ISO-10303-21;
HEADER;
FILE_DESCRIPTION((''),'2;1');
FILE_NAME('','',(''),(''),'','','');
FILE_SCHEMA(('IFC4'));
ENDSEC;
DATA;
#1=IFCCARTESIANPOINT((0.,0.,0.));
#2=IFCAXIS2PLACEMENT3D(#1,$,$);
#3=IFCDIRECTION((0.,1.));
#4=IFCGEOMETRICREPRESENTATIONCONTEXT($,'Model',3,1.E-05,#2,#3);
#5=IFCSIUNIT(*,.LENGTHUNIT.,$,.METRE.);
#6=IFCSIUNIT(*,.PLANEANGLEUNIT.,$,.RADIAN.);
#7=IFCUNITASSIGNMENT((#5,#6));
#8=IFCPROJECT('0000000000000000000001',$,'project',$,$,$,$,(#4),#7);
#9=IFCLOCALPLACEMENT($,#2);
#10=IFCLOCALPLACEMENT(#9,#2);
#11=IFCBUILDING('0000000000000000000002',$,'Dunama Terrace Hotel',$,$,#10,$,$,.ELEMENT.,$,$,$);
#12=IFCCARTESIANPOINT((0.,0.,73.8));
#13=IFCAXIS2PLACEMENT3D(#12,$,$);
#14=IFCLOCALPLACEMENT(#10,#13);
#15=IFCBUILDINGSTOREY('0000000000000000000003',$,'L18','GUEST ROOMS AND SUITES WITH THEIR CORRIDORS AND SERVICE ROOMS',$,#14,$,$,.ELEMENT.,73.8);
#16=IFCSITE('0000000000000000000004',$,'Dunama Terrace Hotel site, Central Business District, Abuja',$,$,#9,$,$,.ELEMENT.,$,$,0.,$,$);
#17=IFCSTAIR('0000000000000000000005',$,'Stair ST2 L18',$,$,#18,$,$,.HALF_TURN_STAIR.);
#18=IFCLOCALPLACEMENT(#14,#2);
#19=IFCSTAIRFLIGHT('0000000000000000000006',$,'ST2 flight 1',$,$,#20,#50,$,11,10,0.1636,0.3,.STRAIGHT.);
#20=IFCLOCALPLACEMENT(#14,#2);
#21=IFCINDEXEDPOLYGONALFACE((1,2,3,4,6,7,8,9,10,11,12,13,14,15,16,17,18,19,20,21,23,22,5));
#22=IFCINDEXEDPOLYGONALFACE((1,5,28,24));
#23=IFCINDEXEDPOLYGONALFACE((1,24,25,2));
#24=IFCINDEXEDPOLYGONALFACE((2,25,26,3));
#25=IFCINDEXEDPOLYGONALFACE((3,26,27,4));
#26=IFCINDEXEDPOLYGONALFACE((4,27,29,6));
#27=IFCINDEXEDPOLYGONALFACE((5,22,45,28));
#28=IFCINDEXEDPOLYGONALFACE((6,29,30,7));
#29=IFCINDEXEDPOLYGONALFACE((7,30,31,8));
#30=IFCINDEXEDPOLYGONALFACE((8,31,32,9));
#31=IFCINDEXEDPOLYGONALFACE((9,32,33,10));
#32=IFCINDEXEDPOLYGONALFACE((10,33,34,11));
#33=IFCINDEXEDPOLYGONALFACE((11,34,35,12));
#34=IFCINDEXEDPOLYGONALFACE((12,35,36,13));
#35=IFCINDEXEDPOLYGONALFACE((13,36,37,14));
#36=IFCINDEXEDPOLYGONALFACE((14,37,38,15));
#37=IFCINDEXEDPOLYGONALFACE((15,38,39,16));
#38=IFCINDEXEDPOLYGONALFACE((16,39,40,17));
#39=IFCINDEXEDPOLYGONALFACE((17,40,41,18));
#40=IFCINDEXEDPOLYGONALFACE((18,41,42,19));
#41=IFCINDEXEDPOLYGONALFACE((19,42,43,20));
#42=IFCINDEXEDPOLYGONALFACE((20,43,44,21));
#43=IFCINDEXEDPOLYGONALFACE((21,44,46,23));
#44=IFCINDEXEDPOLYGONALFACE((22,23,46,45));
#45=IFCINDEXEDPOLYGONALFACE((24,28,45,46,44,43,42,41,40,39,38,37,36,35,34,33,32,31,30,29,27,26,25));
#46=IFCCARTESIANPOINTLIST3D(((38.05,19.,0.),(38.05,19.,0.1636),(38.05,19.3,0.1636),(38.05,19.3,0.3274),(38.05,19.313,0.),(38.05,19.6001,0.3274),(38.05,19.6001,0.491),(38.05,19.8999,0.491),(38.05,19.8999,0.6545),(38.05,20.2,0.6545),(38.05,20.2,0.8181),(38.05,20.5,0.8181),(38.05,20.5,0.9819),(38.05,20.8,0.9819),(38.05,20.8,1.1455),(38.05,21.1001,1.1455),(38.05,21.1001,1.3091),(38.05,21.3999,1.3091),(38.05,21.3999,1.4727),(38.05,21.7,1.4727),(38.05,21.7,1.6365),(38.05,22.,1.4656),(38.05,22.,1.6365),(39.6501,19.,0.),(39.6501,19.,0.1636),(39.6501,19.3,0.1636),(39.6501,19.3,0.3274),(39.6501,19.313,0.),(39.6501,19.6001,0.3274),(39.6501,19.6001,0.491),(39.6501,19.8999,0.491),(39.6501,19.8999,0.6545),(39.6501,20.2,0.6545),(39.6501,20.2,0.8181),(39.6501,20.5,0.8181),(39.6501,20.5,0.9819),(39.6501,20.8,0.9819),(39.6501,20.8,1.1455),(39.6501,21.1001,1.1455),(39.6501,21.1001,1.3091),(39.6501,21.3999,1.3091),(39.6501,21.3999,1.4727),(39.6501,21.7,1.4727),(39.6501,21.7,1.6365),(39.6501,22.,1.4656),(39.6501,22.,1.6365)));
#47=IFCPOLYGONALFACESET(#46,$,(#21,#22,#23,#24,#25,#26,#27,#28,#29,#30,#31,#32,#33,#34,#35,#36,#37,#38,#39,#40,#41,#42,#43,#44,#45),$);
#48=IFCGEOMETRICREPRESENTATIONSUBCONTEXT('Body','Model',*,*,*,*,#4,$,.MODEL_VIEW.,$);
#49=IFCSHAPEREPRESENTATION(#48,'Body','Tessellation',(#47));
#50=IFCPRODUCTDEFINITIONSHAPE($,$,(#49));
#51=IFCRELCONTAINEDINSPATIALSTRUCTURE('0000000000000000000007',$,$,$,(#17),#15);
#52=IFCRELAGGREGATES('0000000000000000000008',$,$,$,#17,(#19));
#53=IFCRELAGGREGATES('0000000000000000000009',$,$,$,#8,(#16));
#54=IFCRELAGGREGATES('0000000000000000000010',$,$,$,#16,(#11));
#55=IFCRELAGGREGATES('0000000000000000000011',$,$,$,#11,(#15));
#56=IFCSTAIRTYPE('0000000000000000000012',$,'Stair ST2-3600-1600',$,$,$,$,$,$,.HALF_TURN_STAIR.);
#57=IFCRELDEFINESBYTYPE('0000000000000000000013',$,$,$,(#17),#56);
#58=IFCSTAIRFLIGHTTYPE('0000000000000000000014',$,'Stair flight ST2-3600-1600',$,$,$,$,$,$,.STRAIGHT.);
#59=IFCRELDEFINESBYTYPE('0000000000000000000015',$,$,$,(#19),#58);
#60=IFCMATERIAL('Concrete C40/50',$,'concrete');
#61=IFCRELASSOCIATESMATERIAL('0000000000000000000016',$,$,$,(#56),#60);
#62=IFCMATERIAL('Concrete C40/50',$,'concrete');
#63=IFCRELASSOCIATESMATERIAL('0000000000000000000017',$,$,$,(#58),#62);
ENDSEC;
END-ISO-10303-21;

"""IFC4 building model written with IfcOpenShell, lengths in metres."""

from ifc_helpers import new_model, si_unit, direction, frame, origin, place, context, subcontext, project, spatial, polyline, outline, extrude, material, type_object, element, aggregate, save


model = new_model("IFC4")

# Units and contexts
model_context = context("Model", 3, precision=1e-05, world=origin(), true_north=direction((0.0, 1.0)))
body_context = subcontext(model_context, "Body", "Model", "MODEL_VIEW")
ifc_project = project(units=[si_unit("LENGTHUNIT", "METRE"), si_unit("PLANEANGLEUNIT", "RADIAN")], contexts=[model_context])

# Site, building, storey
site_placement = place(None, origin())
site = spatial("IfcSite", under=ifc_project, at=site_placement, Name="Dunama Terrace Hotel site, Central Business District, Abuja", CompositionType="ELEMENT", RefElevation=0.0)
building_placement = place(site_placement, origin())
building = spatial("IfcBuilding", under=site, at=building_placement, Name="Dunama Terrace Hotel", CompositionType="ELEMENT")
storey_placement = place(building_placement, frame((0.0, 0.0, 73.8)))
storey = spatial("IfcBuildingStorey", under=building, at=storey_placement, Name="L18", Description="GUEST ROOMS AND SUITES WITH THEIR CORRIDORS AND SERVICE ROOMS", CompositionType="ELEMENT", Elevation=73.8)

# Stair, stair flight
ifc_material_1 = material(Name="Concrete C40/50", Category="concrete")
stair_type = type_object("IfcStairType", Name="Stair ST2-3600-1600", PredefinedType="HALF_TURN_STAIR", material=ifc_material_1)
stair_placement = place(storey_placement, origin())
stair = element("IfcStair", 1, at=stair_placement, inside=storey, type_object=stair_type, Name="Stair ST2 L18", PredefinedType="HALF_TURN_STAIR")
ifc_material_2 = material(Name="Concrete C40/50", Category="concrete")
stair_flight_type = type_object("IfcStairFlightType", Name="Stair flight ST2-3600-1600", PredefinedType="STRAIGHT", material=ifc_material_2)
stair_flight_placement = place(storey_placement, frame((38.8501, 19.0, 0.0), z_axis=(0.0, 0.0, 1.0), x_axis=(0.0, 1.0, 0.0)))
stair_flight = element("IfcStairFlight", 2, at=stair_flight_placement, type_object=stair_flight_type, Name="ST2 flight 1", NumberOfRisers=11, NumberOfTreads=10, PredefinedType="STRAIGHT", RiserHeight=0.1636, TreadLength=0.3, context=body_context, shape_type="SweptSolid", body=[
    extrude(outline(polyline([(0.0, 0.0), (0.0, 0.1636), (0.3, 0.1636), (0.3, 0.3274), (0.6001, 0.3274), (0.6001, 0.491), (0.8999, 0.491), (0.8999, 0.6545), (1.2, 0.6545), (1.2, 0.8181), (1.5, 0.8181), (1.5, 0.9819), (1.8, 0.9819), (1.8, 1.1455), (2.1001, 1.1455), (2.1001, 1.3091), (2.3999, 1.3091), (2.3999, 1.4727), (2.7, 1.4727), (2.7, 1.6365), (3.0, 1.6365), (3.0, 1.8), (3.0, 1.4656), (0.313, 0.0), (0.0, 0.0)])), frame((0.0, 0.8, 0.0), z_axis=(0.0, -1.0, 0.0), x_axis=(1.0, 0.0, 0.0)), (0.0, 0.0, 1.0), 1.6001),
])
aggregate(stair, [stair_flight])

save(model, "model.ifc")
